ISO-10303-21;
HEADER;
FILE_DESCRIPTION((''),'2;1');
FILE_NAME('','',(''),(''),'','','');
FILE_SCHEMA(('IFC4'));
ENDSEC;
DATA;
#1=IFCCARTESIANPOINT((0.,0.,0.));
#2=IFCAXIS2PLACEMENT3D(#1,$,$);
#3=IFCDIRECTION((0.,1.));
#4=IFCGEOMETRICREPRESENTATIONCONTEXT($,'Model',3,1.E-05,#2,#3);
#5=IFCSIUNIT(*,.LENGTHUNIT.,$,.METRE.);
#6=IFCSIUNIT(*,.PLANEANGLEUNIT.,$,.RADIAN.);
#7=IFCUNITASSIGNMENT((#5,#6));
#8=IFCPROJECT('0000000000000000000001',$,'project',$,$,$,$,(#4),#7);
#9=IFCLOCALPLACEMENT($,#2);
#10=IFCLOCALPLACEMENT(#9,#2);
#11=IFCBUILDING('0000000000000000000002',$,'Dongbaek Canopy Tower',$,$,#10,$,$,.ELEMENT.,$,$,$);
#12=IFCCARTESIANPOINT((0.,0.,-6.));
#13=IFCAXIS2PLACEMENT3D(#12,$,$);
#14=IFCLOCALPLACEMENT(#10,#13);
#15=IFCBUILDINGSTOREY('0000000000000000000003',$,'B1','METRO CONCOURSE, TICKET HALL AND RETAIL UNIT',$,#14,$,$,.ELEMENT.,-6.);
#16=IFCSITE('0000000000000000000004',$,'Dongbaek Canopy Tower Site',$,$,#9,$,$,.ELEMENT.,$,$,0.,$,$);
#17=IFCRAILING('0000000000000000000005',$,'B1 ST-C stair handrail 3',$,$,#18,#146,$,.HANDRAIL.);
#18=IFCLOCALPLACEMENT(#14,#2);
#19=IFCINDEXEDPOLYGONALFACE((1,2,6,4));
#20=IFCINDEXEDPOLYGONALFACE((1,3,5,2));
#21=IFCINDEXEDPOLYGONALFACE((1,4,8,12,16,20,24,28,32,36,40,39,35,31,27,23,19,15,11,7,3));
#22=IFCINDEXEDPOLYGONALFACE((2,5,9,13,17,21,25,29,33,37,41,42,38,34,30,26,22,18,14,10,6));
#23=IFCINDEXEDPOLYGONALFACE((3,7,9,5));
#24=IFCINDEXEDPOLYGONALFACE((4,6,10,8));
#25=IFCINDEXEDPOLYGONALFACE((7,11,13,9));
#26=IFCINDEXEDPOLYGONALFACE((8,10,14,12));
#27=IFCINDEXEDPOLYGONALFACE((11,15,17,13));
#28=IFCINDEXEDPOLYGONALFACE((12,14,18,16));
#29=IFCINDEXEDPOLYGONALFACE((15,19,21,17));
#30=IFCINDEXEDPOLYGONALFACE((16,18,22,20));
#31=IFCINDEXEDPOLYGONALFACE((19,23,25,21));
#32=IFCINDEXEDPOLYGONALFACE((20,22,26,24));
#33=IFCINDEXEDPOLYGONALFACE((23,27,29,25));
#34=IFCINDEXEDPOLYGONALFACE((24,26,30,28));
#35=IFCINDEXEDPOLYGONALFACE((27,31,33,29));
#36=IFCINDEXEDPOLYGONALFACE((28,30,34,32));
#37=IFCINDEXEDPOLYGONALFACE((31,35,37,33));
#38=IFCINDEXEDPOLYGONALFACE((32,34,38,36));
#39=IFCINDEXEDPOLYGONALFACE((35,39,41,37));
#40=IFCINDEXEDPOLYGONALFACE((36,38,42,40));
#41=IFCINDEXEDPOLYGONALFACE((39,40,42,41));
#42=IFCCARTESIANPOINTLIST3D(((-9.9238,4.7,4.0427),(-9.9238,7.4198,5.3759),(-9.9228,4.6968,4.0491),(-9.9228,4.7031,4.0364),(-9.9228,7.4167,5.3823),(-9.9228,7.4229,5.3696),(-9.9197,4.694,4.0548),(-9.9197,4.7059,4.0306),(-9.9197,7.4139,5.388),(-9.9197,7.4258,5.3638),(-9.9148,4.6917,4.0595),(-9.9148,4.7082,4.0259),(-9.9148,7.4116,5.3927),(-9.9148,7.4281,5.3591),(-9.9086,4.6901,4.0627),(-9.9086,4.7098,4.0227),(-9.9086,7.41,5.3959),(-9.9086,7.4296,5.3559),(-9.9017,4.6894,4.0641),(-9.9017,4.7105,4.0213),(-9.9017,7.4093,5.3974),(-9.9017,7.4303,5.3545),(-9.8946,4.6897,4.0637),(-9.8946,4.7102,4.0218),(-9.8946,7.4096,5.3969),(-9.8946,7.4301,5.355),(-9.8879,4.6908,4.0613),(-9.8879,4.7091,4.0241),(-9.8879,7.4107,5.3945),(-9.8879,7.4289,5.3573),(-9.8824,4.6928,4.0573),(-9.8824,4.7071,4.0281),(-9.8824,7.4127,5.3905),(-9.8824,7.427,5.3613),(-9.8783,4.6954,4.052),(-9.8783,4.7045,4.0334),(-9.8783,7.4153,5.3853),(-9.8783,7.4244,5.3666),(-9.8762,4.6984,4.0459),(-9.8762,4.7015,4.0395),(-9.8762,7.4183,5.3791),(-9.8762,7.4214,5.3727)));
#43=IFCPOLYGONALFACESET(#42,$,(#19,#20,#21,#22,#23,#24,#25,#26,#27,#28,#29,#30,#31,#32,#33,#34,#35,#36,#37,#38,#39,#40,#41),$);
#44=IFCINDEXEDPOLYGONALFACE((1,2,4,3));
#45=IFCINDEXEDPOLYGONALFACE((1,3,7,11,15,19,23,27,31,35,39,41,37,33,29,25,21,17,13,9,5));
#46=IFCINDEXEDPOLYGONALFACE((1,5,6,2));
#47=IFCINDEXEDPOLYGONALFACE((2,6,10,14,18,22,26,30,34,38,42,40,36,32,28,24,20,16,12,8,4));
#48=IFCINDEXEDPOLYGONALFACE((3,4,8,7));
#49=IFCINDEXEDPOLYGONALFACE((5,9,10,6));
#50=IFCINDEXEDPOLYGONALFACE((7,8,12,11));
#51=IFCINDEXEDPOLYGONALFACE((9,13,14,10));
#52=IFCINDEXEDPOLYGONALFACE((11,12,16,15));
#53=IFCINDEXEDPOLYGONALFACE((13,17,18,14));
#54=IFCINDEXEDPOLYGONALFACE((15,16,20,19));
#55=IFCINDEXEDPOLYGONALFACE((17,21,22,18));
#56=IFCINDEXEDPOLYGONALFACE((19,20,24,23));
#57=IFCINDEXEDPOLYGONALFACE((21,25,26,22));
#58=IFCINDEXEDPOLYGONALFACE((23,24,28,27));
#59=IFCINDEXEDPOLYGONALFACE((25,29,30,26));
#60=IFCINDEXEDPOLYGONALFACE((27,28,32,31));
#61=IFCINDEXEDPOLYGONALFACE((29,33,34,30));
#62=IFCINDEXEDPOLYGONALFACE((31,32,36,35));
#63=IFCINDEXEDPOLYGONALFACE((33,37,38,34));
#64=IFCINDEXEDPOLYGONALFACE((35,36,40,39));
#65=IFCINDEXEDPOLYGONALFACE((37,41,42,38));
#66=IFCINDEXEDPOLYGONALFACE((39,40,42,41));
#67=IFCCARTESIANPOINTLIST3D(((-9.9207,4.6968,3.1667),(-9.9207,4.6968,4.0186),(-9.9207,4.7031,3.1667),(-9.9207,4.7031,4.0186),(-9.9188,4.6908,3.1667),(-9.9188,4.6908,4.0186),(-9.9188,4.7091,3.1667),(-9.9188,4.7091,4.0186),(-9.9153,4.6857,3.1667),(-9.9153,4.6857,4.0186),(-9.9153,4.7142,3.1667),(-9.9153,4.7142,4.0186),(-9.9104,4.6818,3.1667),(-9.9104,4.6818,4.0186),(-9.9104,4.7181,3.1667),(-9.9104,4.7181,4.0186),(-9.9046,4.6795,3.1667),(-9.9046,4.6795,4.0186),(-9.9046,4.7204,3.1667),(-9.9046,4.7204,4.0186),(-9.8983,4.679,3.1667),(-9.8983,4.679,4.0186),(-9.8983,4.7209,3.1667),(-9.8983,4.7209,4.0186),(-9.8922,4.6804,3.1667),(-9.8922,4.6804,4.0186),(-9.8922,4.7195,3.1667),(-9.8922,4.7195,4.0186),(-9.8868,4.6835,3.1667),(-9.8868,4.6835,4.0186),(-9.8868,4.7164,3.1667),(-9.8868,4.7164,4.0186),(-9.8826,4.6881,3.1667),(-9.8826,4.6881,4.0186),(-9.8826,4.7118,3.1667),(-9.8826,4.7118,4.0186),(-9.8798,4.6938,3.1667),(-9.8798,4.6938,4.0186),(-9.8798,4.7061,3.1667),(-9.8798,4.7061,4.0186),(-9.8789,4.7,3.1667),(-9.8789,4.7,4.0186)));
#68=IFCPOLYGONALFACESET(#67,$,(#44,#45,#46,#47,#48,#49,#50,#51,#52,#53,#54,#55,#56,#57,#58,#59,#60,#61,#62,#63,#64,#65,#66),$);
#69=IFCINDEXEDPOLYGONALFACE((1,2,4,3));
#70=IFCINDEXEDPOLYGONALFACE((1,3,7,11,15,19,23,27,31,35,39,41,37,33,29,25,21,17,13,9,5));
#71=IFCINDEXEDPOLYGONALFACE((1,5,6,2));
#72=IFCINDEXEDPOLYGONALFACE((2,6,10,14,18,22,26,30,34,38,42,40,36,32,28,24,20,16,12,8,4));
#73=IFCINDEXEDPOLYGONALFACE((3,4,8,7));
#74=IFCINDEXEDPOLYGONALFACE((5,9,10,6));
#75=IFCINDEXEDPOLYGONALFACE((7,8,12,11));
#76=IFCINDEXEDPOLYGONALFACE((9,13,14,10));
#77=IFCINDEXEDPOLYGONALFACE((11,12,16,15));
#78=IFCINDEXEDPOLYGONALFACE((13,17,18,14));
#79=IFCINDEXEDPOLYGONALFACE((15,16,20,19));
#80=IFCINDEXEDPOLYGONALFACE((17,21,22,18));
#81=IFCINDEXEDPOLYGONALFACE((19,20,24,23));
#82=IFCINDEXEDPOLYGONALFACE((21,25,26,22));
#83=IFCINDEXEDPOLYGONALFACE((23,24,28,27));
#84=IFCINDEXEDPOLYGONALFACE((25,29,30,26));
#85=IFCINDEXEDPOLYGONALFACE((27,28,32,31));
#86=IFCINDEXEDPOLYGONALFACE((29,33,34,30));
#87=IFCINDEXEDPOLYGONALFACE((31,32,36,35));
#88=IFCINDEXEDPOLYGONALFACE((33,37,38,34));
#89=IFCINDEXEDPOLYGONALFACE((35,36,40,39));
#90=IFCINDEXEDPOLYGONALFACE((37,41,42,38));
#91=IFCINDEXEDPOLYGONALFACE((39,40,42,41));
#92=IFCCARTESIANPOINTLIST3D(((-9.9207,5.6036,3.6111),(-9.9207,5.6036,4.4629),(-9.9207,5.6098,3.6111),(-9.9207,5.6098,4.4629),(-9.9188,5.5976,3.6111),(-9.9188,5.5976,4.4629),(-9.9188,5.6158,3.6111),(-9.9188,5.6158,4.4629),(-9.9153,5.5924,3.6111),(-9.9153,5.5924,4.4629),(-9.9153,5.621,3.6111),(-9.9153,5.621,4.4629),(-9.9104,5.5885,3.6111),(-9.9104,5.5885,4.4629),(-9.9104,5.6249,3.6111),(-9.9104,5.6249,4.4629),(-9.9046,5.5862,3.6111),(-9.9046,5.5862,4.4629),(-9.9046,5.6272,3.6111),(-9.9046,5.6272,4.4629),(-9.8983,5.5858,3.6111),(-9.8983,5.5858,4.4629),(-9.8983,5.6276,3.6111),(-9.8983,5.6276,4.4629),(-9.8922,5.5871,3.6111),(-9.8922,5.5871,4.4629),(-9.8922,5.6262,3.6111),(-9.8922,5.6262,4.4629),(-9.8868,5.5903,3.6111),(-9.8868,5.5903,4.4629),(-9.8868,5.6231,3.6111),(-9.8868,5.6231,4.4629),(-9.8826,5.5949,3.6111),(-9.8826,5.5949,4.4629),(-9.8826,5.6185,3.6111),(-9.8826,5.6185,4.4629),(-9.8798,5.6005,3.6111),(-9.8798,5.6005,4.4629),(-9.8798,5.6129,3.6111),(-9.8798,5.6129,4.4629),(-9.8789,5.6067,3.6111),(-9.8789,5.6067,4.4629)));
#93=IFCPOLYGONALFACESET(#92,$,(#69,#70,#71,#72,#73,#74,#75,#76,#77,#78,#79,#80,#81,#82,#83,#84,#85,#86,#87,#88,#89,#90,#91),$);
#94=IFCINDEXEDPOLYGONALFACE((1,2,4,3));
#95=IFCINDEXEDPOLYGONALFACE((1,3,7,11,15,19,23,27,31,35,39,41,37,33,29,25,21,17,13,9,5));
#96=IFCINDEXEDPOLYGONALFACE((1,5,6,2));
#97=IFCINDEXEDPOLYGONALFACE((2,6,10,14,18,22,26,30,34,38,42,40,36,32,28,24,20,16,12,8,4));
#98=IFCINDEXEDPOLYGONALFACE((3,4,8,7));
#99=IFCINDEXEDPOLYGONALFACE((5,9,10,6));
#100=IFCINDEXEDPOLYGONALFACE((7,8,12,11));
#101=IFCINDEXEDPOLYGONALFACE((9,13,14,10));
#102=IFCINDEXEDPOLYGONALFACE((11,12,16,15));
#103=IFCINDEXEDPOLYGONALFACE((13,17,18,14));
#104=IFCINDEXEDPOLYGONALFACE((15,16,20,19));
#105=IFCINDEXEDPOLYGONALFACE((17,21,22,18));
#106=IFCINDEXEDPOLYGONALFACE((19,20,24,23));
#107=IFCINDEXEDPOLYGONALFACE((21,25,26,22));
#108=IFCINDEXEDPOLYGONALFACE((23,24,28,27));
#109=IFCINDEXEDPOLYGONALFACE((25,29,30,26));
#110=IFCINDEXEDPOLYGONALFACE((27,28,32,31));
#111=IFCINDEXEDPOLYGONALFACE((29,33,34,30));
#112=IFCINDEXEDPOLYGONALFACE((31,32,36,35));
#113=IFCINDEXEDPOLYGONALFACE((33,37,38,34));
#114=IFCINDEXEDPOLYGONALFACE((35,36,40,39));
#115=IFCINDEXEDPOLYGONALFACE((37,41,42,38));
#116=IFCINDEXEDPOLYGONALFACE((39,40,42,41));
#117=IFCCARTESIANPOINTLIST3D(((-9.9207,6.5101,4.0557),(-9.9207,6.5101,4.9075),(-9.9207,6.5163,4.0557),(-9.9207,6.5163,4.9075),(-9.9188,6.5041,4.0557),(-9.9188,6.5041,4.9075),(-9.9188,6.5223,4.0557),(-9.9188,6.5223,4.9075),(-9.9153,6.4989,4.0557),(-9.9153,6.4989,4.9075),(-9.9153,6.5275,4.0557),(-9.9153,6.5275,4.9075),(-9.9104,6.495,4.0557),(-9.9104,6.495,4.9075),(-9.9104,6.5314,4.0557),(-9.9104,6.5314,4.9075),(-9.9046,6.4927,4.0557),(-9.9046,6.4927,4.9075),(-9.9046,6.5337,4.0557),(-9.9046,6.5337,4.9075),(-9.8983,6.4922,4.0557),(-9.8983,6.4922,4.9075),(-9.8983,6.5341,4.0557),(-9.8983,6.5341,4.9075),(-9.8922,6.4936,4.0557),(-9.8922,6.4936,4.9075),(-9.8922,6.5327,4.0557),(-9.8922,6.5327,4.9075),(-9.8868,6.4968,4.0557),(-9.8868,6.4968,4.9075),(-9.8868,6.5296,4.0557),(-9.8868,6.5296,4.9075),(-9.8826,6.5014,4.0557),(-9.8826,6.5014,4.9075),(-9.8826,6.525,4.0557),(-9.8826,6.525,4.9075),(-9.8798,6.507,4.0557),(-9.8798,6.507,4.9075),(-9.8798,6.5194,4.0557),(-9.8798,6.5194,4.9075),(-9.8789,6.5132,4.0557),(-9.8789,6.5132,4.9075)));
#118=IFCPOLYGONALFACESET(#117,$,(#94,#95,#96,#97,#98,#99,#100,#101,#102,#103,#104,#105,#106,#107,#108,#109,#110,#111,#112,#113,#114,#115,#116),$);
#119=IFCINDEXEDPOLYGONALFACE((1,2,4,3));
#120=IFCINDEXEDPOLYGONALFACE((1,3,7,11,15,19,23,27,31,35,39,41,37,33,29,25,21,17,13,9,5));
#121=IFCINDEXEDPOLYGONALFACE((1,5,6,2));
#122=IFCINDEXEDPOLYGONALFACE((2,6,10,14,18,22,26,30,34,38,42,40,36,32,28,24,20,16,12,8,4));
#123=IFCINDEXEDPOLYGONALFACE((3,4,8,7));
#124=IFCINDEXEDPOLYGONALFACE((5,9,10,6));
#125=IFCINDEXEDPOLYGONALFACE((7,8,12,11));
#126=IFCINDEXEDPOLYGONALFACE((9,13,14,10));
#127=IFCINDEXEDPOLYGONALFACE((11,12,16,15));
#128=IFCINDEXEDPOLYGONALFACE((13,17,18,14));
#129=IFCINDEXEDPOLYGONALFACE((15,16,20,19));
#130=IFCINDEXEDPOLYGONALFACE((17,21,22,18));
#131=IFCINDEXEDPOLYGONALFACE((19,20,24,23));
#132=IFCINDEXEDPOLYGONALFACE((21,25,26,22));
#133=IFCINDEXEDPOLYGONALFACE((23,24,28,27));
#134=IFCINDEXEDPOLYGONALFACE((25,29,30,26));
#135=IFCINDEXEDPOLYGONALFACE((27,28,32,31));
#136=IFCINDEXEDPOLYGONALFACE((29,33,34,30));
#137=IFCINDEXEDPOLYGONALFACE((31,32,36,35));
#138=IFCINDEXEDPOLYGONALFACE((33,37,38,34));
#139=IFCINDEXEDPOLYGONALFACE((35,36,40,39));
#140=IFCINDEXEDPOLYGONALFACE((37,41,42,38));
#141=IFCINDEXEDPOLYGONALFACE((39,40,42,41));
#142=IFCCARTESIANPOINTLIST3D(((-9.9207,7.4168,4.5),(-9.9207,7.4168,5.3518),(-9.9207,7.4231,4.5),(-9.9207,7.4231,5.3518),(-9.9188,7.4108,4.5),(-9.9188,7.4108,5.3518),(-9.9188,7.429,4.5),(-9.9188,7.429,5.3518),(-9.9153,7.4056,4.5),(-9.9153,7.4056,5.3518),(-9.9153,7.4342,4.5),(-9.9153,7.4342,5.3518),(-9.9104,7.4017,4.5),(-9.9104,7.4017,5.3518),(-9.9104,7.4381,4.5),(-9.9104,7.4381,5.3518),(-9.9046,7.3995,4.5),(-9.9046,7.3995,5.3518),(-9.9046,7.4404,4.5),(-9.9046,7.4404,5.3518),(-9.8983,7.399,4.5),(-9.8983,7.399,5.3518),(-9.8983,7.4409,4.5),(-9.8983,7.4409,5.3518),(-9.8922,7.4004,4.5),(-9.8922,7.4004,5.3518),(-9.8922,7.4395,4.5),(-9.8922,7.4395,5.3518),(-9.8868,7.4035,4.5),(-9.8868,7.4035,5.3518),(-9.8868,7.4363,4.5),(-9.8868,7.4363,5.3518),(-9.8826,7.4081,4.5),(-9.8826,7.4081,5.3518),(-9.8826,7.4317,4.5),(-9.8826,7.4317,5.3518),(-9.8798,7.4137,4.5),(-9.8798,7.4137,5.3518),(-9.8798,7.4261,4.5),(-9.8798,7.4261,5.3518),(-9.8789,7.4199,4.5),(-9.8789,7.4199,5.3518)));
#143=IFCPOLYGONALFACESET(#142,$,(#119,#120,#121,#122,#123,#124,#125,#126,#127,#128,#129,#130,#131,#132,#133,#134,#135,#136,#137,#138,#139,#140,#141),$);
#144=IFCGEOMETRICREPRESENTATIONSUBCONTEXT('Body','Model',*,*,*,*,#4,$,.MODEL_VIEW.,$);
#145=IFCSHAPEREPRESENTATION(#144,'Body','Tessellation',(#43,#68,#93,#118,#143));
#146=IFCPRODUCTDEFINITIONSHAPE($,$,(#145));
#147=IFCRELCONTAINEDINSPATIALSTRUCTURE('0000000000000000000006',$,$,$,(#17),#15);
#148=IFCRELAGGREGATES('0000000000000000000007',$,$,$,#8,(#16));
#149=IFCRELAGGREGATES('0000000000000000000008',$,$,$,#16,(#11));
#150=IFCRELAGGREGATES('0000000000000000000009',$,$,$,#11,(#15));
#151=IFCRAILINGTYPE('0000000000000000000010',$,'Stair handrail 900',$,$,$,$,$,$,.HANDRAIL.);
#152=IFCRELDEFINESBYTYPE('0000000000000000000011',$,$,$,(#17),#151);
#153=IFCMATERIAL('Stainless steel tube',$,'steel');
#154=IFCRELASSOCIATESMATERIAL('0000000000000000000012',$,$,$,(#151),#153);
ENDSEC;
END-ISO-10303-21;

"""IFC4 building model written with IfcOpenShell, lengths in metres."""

from ifc_helpers import new_model, si_unit, direction, frame, origin, origin_2d, place, context, subcontext, project, spatial, circle, extrude, material, type_object, element, save


model = new_model("IFC4")

# Units and contexts
model_context = context("Model", 3, precision=1e-05, world=origin(), true_north=direction((0.0, 1.0)))
body_context = subcontext(model_context, "Body", "Model", "MODEL_VIEW")
ifc_project = project(units=[si_unit("LENGTHUNIT", "METRE"), si_unit("PLANEANGLEUNIT", "RADIAN")], contexts=[model_context])

# Site, building, storey
site_placement = place(None, origin())
site = spatial("IfcSite", under=ifc_project, at=site_placement, Name="Dongbaek Canopy Tower Site", CompositionType="ELEMENT", RefElevation=0.0)
building_placement = place(site_placement, origin())
building = spatial("IfcBuilding", under=site, at=building_placement, Name="Dongbaek Canopy Tower", CompositionType="ELEMENT")
storey_placement = place(building_placement, frame((0.0, 0.0, -6.0)))
storey = spatial("IfcBuildingStorey", under=building, at=storey_placement, Name="B1", Description="METRO CONCOURSE, TICKET HALL AND RETAIL UNIT", CompositionType="ELEMENT", Elevation=-6.0)

# Railing
ifc_material_1 = material(Name="Stainless steel tube", Category="steel")
railing_type_1 = type_object("IfcRailingType", Name="Stair handrail 900", PredefinedType="HANDRAIL", material=ifc_material_1)
for number, where, name in (
    (1, (-9.8999, 4.7, 3.1667), "B1 ST-C stair handrail 3"),
):
    element("IfcRailing", number, at=place(storey_placement, frame(where)), inside=storey, type_object=railing_type_1, Name=name, PredefinedType="HANDRAIL", context=body_context, shape_type="SweptSolid", body=[
        extrude(circle(Radius=0.0239, at=origin_2d()), frame((0.0, 0.0, 0.876), z_axis=(0.0, 0.897929, 0.440139), x_axis=(-1.0, 0.0, 0.0)), (0.0, 0.0, 1.0), 3.0291),
        extrude(circle(Radius=0.021, at=origin_2d()), origin(), (0.0, 0.0, 1.0), 0.8518),
        extrude(circle(Radius=0.021, at=origin_2d()), frame((0.0, 0.9067, 0.4443)), (0.0, 0.0, 1.0), 0.8518),
        extrude(circle(Radius=0.021, at=origin_2d()), frame((0.0, 1.8132, 0.8889)), (0.0, 0.0, 1.0), 0.8518),
        extrude(circle(Radius=0.021, at=origin_2d()), frame((0.0, 2.72, 1.3333)), (0.0, 0.0, 1.0), 0.8518),
    ])

save(model, "model.ifc")
